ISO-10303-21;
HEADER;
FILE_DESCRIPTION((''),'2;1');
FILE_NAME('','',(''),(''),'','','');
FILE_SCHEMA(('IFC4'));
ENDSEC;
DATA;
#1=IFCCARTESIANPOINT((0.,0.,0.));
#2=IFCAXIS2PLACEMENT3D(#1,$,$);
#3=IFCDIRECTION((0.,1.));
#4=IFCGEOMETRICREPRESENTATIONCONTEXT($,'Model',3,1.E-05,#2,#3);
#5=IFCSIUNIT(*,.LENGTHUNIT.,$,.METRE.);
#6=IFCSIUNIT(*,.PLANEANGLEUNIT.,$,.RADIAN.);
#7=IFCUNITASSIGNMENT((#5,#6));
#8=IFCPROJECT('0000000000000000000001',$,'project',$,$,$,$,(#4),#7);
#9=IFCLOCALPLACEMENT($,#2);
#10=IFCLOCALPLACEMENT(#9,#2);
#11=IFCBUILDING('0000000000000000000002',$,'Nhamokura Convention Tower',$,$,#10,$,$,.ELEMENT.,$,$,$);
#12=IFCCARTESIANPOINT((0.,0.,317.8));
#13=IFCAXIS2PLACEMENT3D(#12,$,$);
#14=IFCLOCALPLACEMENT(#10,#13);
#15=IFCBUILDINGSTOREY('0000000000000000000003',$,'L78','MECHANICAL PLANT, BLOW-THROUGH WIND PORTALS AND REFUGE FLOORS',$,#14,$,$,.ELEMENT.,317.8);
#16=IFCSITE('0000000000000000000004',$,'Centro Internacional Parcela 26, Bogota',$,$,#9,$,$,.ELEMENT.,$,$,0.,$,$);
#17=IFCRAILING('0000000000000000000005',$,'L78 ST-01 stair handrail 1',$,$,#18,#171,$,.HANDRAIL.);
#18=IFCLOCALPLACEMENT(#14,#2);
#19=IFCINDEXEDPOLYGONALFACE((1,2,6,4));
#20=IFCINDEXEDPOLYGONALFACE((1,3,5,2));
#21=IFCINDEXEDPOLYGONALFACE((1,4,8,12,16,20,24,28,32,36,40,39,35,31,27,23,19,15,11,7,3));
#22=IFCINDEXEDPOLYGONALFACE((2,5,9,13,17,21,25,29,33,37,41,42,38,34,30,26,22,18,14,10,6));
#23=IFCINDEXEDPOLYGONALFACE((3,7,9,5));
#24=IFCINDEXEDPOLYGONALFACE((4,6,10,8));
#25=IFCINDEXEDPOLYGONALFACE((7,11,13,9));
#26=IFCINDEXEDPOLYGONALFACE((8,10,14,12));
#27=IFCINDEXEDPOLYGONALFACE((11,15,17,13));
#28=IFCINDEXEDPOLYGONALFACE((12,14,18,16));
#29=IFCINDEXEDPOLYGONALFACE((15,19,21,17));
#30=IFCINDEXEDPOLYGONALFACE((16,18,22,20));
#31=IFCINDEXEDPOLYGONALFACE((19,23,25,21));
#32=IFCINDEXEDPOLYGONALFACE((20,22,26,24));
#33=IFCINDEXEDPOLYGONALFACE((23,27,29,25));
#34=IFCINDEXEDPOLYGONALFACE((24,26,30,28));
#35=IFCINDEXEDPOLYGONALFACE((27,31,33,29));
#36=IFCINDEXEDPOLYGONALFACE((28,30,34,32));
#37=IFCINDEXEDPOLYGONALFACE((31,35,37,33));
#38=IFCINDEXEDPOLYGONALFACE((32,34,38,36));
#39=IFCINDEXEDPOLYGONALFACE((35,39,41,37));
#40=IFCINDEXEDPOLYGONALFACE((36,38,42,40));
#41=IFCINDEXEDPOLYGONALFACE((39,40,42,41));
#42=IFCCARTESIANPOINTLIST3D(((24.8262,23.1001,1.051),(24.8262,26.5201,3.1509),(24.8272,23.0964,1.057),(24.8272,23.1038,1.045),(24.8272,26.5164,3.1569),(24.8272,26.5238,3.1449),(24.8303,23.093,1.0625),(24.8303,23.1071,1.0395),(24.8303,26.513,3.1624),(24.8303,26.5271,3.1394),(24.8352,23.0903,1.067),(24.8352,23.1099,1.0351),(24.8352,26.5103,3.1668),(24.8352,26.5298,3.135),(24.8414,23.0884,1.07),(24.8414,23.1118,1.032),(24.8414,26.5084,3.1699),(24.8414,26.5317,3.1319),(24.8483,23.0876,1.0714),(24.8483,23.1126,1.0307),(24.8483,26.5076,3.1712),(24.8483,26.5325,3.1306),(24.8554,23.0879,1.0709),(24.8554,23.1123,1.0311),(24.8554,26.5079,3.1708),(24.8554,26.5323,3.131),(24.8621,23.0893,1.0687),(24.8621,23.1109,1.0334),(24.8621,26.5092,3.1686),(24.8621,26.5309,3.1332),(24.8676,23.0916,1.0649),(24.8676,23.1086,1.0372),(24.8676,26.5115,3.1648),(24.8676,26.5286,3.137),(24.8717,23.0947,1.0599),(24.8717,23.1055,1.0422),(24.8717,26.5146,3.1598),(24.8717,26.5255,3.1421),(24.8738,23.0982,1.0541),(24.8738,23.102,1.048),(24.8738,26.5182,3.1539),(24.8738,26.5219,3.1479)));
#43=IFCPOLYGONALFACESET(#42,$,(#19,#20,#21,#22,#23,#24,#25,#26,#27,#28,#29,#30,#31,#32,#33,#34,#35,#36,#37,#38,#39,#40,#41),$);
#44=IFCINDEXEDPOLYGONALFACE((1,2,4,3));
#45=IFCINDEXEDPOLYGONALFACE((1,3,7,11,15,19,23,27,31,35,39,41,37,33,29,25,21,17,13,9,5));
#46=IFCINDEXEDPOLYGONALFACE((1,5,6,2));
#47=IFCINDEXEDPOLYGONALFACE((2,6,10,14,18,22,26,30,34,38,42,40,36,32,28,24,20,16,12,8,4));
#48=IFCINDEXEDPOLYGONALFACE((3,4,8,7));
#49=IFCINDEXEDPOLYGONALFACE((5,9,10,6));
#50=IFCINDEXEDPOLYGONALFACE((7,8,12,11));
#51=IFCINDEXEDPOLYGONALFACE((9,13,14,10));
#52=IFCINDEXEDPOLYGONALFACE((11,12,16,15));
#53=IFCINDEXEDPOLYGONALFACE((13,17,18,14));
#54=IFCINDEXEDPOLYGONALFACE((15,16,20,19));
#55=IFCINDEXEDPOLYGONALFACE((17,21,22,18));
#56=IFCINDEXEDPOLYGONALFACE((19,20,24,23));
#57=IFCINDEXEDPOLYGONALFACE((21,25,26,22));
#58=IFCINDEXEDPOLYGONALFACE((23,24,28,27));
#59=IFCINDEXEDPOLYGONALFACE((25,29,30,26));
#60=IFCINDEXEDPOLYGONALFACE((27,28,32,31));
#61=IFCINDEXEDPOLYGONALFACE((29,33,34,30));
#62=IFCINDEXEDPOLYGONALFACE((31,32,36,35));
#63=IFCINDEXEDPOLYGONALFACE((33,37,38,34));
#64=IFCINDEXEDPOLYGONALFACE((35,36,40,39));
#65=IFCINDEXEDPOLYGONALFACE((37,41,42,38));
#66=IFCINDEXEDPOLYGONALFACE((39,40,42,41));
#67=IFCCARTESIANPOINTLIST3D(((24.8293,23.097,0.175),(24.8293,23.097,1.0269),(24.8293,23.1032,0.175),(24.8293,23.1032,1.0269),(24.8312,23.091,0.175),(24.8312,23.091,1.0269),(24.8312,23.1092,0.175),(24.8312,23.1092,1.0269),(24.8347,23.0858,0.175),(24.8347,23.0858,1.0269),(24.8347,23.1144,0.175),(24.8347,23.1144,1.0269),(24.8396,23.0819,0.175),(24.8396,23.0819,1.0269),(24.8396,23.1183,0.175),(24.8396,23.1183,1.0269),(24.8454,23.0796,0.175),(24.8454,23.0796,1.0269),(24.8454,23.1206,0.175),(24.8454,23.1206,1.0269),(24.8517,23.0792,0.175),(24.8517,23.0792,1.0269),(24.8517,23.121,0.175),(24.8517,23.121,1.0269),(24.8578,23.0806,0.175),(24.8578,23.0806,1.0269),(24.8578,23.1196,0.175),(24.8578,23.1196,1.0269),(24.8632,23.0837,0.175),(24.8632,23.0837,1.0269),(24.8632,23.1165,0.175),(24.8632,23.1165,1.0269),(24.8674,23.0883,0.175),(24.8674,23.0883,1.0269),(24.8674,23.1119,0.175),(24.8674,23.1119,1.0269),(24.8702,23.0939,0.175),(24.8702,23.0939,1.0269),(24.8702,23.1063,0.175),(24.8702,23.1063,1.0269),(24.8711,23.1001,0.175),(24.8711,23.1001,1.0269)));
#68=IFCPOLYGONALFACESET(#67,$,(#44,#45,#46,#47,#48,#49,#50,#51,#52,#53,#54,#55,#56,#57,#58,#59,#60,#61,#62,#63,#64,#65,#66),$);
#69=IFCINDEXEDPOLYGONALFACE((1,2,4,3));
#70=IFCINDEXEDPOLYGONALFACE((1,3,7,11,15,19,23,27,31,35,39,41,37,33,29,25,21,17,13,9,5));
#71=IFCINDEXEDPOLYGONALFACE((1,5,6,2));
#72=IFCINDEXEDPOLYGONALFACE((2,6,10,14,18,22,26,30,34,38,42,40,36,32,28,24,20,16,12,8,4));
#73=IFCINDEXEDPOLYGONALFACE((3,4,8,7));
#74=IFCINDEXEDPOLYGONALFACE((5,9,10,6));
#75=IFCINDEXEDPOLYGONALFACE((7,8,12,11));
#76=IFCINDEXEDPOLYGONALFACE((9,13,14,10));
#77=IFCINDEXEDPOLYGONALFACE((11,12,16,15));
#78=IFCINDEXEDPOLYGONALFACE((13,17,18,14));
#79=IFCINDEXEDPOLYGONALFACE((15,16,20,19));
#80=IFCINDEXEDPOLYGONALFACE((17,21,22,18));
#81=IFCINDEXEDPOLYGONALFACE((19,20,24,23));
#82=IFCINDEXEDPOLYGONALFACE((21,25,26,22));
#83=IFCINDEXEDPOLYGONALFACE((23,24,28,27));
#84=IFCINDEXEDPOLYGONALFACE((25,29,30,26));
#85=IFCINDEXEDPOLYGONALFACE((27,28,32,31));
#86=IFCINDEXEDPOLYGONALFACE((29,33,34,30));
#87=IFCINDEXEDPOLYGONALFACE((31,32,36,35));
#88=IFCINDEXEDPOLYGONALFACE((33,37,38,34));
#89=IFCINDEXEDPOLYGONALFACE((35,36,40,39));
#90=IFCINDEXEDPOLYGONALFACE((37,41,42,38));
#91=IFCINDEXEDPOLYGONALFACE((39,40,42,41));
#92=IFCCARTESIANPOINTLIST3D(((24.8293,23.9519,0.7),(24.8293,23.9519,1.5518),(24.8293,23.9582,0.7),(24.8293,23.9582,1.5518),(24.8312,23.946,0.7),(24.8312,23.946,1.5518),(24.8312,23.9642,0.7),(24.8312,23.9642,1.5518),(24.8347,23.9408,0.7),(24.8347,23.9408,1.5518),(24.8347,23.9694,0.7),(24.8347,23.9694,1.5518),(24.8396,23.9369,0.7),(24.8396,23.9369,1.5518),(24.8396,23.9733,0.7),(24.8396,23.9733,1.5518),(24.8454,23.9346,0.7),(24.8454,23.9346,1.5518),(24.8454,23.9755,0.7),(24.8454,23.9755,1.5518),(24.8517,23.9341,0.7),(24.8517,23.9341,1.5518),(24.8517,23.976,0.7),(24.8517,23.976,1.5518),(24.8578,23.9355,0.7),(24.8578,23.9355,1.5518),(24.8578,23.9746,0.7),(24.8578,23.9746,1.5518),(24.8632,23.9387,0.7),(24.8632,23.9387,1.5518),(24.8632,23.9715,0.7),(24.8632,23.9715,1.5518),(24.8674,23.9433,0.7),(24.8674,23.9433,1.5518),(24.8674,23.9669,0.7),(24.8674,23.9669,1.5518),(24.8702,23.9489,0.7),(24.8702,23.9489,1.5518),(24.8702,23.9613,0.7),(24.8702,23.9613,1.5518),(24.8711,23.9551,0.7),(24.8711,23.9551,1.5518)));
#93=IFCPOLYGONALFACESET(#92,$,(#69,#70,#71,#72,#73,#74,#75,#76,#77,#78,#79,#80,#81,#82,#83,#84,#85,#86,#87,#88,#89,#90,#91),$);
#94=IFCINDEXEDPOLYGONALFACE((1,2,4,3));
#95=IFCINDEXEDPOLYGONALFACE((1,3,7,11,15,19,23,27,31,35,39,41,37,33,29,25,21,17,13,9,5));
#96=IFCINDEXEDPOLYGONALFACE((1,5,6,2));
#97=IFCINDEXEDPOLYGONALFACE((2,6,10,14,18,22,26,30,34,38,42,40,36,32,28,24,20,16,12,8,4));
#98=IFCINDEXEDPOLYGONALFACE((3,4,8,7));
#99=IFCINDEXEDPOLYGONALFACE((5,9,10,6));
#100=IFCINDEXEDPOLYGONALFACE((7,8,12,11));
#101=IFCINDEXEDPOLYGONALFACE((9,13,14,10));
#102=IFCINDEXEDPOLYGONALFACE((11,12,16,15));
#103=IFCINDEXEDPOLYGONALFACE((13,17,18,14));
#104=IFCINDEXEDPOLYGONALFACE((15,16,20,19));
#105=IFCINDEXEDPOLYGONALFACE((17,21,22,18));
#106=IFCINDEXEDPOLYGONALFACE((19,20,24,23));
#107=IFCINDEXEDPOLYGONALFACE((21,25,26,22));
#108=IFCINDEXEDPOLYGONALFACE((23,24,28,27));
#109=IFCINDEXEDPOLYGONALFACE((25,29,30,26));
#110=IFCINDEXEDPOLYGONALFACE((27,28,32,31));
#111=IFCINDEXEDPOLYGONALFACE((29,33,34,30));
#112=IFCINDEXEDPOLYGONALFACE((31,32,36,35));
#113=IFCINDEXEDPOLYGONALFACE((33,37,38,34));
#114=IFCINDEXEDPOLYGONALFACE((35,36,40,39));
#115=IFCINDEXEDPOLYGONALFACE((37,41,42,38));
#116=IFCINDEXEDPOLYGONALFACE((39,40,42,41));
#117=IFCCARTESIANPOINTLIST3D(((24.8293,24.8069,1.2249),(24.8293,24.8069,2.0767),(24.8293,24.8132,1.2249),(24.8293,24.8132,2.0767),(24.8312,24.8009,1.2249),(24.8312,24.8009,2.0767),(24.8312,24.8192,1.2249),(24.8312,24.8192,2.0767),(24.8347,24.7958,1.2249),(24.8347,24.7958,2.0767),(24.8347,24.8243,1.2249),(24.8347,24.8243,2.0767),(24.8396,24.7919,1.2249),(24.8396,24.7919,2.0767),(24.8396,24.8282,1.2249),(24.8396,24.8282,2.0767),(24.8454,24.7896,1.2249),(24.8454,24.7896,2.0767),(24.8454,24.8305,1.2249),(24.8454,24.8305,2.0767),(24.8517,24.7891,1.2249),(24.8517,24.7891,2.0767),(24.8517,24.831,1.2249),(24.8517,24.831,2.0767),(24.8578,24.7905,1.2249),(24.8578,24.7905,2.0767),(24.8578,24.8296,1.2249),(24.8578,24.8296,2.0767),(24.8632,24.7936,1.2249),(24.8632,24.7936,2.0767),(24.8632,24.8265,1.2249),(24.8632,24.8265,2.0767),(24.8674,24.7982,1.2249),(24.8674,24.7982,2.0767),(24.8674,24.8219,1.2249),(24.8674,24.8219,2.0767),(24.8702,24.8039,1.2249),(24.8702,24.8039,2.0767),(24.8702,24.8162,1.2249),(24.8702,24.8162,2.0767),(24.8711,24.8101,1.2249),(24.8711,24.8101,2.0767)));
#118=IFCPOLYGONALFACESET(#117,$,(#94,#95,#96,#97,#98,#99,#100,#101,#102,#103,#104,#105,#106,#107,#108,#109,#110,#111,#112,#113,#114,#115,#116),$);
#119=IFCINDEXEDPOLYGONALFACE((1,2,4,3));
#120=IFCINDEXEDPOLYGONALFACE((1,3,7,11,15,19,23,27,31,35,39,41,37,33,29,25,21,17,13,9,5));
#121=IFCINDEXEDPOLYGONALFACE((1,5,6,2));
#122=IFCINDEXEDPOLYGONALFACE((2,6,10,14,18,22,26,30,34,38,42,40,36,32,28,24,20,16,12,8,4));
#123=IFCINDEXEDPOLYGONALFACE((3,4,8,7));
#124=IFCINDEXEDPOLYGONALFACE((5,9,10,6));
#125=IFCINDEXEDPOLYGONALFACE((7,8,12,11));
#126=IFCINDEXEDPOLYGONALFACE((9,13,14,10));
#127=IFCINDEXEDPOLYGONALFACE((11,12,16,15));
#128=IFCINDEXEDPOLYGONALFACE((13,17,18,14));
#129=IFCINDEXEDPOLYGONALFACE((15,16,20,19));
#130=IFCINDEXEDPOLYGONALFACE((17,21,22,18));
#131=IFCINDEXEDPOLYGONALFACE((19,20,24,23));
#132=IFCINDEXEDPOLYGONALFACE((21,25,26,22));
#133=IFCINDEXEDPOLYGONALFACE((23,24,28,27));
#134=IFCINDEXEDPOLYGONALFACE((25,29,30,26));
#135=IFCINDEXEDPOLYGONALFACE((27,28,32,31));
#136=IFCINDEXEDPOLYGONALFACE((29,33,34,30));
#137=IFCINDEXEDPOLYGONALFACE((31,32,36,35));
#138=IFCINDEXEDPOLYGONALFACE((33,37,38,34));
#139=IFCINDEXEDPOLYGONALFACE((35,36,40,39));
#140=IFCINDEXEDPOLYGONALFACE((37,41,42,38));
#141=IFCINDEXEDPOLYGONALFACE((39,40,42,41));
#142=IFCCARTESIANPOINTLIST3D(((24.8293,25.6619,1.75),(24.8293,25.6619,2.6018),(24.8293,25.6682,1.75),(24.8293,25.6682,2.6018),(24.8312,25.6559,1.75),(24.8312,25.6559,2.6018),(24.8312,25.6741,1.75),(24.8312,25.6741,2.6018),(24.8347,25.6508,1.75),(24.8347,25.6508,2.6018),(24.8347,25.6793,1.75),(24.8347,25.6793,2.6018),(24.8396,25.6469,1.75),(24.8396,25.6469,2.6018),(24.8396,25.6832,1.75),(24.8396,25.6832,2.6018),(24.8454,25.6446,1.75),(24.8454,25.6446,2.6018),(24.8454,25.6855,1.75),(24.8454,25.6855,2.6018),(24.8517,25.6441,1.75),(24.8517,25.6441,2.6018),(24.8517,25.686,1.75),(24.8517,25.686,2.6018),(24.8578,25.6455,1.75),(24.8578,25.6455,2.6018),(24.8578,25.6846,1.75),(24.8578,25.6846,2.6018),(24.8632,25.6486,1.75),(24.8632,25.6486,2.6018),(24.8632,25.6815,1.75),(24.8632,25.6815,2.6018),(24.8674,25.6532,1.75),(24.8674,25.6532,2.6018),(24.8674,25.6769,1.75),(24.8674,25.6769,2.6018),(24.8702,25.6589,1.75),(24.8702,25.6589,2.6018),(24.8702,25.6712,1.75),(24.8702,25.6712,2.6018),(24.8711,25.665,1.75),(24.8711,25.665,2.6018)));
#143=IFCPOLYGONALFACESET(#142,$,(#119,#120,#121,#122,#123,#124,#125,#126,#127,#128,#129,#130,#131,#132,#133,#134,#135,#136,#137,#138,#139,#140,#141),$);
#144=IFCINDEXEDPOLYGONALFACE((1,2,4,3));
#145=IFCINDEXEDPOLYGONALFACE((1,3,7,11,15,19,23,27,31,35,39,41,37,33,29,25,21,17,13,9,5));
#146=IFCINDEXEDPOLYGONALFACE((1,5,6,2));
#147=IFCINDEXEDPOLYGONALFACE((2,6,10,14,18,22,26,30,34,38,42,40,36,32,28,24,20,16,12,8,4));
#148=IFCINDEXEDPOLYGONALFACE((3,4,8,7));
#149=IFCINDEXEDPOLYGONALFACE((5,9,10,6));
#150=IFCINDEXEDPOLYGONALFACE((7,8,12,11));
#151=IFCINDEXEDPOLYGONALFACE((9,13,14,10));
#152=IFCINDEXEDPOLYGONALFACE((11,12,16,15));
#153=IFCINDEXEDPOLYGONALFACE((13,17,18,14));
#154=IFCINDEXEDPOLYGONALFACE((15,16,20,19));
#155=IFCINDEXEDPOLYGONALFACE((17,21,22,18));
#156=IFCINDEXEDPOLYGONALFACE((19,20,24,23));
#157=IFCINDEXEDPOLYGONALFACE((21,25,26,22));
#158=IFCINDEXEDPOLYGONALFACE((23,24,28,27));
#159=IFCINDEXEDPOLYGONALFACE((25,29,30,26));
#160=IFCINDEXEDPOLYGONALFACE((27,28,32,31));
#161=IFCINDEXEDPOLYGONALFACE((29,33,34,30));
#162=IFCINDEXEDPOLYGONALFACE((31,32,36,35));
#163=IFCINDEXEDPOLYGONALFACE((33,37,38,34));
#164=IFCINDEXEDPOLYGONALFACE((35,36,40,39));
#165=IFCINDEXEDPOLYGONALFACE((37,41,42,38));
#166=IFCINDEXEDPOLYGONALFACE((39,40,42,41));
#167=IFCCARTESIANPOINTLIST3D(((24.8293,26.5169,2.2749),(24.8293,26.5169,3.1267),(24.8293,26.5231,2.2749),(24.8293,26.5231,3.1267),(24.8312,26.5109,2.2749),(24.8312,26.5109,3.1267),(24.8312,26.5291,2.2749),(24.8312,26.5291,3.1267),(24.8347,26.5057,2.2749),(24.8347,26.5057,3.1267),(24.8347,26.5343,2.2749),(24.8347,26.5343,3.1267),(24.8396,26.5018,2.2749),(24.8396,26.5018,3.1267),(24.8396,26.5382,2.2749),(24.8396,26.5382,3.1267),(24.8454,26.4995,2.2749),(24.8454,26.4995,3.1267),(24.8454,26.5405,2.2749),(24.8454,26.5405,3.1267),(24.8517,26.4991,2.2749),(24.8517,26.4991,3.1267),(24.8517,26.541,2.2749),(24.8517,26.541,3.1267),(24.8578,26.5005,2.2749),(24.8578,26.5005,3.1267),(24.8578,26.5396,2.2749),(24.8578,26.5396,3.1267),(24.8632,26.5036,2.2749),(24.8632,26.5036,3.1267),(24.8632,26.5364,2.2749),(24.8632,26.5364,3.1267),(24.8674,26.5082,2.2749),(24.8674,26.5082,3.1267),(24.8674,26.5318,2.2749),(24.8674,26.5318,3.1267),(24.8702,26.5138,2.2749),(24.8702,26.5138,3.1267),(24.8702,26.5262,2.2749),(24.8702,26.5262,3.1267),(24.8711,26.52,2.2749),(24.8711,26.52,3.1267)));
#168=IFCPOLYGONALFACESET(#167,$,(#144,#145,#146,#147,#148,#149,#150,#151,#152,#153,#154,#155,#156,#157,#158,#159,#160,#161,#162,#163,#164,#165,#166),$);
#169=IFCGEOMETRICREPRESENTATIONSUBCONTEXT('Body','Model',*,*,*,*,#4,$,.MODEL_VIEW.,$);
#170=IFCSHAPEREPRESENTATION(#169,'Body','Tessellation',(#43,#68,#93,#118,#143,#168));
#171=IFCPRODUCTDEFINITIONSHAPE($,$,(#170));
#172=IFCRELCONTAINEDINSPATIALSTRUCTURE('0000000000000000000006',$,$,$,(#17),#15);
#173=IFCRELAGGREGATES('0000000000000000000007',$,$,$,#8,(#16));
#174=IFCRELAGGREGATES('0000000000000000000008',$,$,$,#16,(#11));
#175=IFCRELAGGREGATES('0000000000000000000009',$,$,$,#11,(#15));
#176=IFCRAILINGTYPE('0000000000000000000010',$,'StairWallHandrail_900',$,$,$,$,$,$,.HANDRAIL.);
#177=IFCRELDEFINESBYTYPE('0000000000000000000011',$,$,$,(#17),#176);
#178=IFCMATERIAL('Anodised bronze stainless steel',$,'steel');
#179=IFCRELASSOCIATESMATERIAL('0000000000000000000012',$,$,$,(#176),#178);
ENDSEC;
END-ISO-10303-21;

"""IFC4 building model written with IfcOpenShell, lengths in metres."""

from ifc_helpers import new_model, si_unit, direction, frame, origin, origin_2d, place, context, subcontext, project, spatial, circle, extrude, material, type_object, element, save


model = new_model("IFC4")

# Units and contexts
model_context = context("Model", 3, precision=1e-05, world=origin(), true_north=direction((0.0, 1.0)))
body_context = subcontext(model_context, "Body", "Model", "MODEL_VIEW")
ifc_project = project(units=[si_unit("LENGTHUNIT", "METRE"), si_unit("PLANEANGLEUNIT", "RADIAN")], contexts=[model_context])

# Site, building, storey
site_placement = place(None, origin())
site = spatial("IfcSite", under=ifc_project, at=site_placement, Name="Centro Internacional Parcela 26, Bogota", CompositionType="ELEMENT", RefElevation=0.0)
building_placement = place(site_placement, origin())
building = spatial("IfcBuilding", under=site, at=building_placement, Name="Nhamokura Convention Tower", CompositionType="ELEMENT")
storey_placement = place(building_placement, frame((0.0, 0.0, 317.8)))
storey = spatial("IfcBuildingStorey", under=building, at=storey_placement, Name="L78", Description="MECHANICAL PLANT, BLOW-THROUGH WIND PORTALS AND REFUGE FLOORS", CompositionType="ELEMENT", Elevation=317.8)

# Railing
ifc_material_1 = material(Name="Anodised bronze stainless steel", Category="steel")
railing_type_1 = type_object("IfcRailingType", Name="StairWallHandrail_900", PredefinedType="HANDRAIL", material=ifc_material_1)
railing_1_placement = place(storey_placement, frame((24.8501, 23.1001, 0.175)))
element("IfcRailing", 1, at=railing_1_placement, inside=storey, type_object=railing_type_1, Name="L78 ST-01 stair handrail 1", PredefinedType="HANDRAIL", context=body_context, shape_type="SweptSolid", body=[
    extrude(circle(Radius=0.0239, at=origin_2d()), frame((0.0, 0.0, 0.876), z_axis=(0.0, 0.852182, 0.523245), x_axis=(-1.0, 0.0, 0.0)), (0.0, 0.0, 1.0), 4.0132),
    extrude(circle(Radius=0.021, at=origin_2d()), origin(), (0.0, 0.0, 1.0), 0.8518),
    extrude(circle(Radius=0.021, at=origin_2d()), frame((0.0, 0.855, 0.5249)), (0.0, 0.0, 1.0), 0.8518),
    extrude(circle(Radius=0.021, at=origin_2d()), frame((0.0, 1.71, 1.0498)), (0.0, 0.0, 1.0), 0.8518),
    extrude(circle(Radius=0.021, at=origin_2d()), frame((0.0, 2.5649, 1.575)), (0.0, 0.0, 1.0), 0.8518),
    extrude(circle(Radius=0.021, at=origin_2d()), frame((0.0, 3.4199, 2.0999)), (0.0, 0.0, 1.0), 0.8518),
])

save(model, "model.ifc")
